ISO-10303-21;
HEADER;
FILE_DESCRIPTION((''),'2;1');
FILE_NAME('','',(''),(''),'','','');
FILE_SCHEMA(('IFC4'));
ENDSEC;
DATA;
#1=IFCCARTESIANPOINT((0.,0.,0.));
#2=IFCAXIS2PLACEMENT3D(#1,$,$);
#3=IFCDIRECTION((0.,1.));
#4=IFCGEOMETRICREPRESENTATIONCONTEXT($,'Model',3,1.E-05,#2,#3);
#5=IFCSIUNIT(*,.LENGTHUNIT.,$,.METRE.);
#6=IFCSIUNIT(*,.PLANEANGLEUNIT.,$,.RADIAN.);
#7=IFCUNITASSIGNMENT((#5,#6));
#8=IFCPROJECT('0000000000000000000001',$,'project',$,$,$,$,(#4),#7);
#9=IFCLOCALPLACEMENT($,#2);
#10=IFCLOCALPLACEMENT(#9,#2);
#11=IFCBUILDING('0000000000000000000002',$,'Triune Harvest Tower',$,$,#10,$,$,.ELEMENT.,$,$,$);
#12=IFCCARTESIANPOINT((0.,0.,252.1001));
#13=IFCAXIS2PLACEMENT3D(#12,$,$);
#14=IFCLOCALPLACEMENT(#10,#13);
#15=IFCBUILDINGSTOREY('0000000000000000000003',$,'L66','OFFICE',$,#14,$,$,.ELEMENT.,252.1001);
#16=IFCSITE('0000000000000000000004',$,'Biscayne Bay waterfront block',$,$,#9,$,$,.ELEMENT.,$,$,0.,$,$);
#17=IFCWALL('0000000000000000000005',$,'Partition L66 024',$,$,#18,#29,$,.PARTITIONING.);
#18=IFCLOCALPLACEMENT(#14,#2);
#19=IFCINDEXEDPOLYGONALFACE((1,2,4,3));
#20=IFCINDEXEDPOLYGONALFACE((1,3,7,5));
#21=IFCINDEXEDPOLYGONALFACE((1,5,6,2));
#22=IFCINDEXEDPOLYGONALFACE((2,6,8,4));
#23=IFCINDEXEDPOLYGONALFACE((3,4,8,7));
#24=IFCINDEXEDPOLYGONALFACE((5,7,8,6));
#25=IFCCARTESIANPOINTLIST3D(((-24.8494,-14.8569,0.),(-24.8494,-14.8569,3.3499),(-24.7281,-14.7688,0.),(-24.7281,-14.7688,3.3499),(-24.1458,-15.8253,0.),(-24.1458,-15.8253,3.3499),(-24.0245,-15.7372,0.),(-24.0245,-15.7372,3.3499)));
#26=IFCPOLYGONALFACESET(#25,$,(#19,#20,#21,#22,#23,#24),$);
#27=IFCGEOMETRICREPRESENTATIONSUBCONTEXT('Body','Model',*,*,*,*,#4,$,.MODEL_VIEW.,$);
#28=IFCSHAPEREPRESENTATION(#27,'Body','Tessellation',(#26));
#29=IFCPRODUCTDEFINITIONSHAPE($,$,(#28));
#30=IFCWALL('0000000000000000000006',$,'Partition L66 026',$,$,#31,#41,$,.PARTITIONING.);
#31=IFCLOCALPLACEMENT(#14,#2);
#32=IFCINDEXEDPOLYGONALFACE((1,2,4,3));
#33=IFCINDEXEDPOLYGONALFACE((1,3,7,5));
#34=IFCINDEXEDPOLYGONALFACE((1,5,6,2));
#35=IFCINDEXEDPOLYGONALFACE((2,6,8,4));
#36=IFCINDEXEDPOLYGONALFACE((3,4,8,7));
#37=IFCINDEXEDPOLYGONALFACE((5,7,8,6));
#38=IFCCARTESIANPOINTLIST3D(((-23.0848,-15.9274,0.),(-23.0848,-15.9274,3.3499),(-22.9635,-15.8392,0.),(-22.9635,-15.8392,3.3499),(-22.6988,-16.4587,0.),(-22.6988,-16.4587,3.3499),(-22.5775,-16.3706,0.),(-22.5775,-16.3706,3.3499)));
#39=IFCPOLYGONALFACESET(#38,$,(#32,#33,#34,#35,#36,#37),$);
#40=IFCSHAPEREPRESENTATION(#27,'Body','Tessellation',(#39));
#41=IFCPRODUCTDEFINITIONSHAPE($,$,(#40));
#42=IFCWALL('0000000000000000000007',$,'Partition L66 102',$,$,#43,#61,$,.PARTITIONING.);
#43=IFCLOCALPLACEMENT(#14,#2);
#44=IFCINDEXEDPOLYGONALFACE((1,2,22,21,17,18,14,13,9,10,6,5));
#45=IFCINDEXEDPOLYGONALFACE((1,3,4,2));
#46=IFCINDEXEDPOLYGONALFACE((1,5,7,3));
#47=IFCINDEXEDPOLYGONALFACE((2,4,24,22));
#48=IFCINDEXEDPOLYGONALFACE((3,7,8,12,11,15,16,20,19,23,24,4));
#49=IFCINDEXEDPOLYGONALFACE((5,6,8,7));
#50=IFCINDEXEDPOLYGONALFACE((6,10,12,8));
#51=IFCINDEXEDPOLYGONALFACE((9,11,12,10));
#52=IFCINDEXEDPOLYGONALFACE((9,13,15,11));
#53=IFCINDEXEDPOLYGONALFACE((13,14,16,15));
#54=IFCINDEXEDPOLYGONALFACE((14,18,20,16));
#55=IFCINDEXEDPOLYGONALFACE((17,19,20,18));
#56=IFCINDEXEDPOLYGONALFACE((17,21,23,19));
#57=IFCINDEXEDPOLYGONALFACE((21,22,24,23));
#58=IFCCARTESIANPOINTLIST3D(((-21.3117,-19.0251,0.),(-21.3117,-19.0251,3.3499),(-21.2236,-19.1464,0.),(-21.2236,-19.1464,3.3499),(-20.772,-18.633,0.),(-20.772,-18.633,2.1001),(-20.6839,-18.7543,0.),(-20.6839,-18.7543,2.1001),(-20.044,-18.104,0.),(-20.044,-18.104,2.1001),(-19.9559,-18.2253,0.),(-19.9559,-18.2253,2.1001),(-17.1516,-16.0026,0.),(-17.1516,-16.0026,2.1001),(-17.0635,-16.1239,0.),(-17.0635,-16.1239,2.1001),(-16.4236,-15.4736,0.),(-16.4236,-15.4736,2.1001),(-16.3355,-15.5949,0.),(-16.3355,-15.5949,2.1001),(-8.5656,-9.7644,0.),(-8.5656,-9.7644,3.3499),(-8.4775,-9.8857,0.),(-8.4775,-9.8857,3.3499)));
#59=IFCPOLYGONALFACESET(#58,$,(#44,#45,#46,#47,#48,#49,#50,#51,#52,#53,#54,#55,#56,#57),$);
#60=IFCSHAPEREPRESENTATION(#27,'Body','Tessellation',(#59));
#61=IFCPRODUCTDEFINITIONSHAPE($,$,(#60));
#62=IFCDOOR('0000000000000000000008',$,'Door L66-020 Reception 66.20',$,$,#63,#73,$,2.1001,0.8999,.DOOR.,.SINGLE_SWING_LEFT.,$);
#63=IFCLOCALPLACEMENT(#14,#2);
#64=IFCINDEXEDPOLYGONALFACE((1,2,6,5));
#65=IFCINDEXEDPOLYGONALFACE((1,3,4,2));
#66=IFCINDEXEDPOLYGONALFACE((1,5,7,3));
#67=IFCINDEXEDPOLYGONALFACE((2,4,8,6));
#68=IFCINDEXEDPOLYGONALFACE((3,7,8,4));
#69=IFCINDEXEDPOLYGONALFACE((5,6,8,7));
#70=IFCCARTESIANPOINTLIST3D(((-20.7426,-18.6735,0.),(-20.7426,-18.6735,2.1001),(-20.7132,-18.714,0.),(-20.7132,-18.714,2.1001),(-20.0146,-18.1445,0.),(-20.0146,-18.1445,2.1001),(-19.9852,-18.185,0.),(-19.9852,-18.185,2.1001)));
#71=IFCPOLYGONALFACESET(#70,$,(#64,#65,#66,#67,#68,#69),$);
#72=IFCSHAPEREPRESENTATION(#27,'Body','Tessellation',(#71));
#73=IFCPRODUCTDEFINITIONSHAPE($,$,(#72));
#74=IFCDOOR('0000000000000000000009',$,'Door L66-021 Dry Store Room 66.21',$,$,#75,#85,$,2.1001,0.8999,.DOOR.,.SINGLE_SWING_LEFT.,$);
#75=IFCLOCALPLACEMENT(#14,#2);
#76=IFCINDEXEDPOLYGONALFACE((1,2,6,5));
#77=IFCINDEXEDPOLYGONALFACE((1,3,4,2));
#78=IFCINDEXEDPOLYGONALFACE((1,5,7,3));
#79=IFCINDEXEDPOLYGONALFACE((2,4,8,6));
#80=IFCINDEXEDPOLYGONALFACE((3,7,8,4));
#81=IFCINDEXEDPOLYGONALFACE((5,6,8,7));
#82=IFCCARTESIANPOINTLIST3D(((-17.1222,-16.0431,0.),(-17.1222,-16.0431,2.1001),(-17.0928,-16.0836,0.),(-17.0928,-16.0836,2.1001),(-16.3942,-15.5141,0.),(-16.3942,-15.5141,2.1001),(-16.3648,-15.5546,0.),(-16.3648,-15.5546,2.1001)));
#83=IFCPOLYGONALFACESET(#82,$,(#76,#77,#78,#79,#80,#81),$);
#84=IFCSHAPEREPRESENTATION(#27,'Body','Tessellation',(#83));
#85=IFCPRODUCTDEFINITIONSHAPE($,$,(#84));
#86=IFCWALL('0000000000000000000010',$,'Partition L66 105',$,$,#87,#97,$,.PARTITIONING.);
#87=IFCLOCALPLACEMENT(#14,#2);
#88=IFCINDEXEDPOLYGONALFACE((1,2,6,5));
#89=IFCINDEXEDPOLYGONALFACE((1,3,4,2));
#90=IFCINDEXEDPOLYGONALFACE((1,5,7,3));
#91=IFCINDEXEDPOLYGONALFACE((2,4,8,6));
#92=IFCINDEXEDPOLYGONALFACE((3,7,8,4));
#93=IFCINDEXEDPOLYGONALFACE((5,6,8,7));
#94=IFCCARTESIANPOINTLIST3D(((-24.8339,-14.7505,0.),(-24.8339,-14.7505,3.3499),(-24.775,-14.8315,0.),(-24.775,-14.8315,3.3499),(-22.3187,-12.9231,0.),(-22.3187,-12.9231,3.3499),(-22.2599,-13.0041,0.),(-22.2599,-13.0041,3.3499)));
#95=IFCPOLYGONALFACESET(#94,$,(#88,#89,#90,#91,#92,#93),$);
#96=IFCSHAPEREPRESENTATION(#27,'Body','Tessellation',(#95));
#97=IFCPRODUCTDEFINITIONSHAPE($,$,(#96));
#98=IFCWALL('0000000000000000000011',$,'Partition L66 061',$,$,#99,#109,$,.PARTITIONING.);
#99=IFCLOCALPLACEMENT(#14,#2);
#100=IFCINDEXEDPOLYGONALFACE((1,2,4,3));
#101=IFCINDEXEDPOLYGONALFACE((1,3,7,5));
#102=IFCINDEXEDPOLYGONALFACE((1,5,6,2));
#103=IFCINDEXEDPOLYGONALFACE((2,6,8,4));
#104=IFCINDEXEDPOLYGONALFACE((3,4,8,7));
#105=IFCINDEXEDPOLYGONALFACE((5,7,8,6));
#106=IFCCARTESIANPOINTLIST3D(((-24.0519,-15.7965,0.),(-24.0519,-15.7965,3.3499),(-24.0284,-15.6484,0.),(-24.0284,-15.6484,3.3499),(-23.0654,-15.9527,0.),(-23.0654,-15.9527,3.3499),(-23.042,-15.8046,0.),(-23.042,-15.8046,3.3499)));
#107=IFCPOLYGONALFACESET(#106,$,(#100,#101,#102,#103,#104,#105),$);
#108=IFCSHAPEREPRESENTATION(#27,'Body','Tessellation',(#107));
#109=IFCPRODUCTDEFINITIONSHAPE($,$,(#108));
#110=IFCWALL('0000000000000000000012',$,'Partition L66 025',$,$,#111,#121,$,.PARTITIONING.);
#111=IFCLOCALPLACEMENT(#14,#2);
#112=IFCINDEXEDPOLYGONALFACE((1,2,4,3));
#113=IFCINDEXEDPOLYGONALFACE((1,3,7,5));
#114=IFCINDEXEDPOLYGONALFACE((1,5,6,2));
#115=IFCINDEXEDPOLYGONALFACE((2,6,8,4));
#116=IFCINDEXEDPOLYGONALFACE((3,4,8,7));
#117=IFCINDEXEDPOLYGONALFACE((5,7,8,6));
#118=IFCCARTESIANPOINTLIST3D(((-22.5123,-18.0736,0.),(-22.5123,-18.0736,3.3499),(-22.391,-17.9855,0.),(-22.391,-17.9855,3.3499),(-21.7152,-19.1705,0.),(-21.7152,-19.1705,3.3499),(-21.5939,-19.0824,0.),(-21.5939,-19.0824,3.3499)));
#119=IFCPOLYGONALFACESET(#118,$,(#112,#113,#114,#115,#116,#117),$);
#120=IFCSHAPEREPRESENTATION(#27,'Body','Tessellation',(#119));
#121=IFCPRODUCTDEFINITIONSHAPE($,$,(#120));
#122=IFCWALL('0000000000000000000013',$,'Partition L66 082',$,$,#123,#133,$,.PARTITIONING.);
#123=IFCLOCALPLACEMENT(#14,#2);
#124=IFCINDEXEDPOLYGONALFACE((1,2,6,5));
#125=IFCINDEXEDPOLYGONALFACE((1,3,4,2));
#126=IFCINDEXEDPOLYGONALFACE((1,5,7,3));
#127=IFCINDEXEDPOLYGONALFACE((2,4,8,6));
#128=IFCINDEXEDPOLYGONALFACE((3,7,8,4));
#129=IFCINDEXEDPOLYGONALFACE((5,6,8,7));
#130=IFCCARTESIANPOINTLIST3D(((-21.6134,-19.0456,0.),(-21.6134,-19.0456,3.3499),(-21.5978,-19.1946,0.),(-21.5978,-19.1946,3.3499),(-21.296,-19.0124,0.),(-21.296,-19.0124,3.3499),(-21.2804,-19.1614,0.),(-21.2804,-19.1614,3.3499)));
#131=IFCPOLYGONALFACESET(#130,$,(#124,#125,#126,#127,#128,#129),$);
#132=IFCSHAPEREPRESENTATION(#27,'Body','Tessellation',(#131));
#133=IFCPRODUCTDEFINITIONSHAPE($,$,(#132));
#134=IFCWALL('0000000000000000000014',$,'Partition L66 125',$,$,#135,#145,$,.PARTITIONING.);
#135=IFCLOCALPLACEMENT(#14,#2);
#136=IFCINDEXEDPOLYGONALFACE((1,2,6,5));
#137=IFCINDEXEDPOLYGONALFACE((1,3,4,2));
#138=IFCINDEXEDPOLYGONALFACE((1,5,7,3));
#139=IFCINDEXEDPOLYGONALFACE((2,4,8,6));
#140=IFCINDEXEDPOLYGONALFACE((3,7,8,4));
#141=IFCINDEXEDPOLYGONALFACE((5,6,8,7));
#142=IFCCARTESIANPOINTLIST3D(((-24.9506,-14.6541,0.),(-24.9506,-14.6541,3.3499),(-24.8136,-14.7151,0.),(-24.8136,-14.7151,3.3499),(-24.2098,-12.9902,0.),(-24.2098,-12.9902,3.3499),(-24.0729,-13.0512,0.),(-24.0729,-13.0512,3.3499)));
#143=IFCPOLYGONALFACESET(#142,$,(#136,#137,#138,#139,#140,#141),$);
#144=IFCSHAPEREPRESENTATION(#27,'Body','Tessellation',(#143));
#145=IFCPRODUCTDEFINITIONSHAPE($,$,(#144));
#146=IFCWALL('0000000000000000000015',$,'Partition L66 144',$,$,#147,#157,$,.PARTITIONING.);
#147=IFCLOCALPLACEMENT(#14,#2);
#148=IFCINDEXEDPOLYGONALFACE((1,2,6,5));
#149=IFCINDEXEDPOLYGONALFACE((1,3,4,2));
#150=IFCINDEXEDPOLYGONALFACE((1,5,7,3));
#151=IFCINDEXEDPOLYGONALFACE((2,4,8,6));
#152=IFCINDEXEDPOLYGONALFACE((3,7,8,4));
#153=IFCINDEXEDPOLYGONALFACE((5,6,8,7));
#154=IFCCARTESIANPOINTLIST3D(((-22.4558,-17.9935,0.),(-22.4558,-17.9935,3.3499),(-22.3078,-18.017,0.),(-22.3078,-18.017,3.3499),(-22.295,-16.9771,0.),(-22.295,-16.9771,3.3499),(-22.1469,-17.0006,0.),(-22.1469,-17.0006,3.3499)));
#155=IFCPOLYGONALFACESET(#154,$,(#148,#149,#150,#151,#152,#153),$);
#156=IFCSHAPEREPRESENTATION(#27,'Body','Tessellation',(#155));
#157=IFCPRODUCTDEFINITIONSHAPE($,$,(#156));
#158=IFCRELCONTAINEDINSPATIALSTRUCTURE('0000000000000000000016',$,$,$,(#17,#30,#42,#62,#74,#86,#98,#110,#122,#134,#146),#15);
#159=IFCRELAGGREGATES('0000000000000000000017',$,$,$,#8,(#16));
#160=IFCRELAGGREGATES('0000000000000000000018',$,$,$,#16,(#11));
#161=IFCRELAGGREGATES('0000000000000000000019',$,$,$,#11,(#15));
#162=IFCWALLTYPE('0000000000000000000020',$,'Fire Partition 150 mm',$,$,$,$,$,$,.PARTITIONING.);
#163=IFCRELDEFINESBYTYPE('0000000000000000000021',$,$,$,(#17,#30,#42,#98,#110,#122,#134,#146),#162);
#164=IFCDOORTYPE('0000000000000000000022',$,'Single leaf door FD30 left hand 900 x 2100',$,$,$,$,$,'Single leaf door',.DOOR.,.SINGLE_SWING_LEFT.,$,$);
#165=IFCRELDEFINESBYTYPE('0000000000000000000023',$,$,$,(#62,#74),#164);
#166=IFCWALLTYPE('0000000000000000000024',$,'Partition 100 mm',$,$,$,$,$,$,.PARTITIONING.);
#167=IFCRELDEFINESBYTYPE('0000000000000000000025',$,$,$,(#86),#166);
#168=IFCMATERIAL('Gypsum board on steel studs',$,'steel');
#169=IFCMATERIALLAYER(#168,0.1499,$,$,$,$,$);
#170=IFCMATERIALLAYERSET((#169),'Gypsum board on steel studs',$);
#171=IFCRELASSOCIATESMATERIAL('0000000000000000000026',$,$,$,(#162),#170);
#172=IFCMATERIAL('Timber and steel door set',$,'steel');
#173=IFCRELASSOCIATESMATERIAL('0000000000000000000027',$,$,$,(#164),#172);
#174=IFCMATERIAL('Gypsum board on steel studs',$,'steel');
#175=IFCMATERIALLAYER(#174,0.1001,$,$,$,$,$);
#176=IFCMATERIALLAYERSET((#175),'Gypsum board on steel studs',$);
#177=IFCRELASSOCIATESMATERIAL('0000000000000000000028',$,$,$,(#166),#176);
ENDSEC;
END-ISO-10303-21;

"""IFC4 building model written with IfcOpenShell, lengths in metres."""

from ifc_helpers import new_model, si_unit, direction, frame, frame_2d, origin, place, context, subcontext, project, spatial, rectangle, extrude, source, transform, mapped, material, layer, layer_set, type_object, element, fill, save


model = new_model("IFC4")

# Units and contexts
model_context = context("Model", 3, precision=1e-05, world=origin(), true_north=direction((0.0, 1.0)))
body_context = subcontext(model_context, "Body", "Model", "MODEL_VIEW")
ifc_project = project(units=[si_unit("LENGTHUNIT", "METRE"), si_unit("PLANEANGLEUNIT", "RADIAN")], contexts=[model_context])

# Site, building, storey
site_placement = place(None, origin())
site = spatial("IfcSite", under=ifc_project, at=site_placement, Name="Biscayne Bay waterfront block", CompositionType="ELEMENT", RefElevation=0.0)
building_placement = place(site_placement, origin())
building = spatial("IfcBuilding", under=site, at=building_placement, Name="Triune Harvest Tower", CompositionType="ELEMENT")
storey_placement = place(building_placement, frame((0.0, 0.0, 252.1001)))
storey = spatial("IfcBuildingStorey", under=building, at=storey_placement, Name="L66", Description="OFFICE", CompositionType="ELEMENT", Elevation=252.1001)

# Walls
ifc_material_1 = material(Name="Gypsum board on steel studs", Category="steel")
ifc_layer_1 = layer(ifc_material_1, 0.1499)
ifc_layer_set_1 = layer_set([ifc_layer_1], Name="Gypsum board on steel studs")
wall_type_1 = type_object("IfcWallType", Name="Fire Partition 150 mm", PredefinedType="PARTITIONING", material=ifc_layer_set_1)
wall_1_placement = place(storey_placement, frame((-24.7888, -14.8127, 0.0), z_axis=(0.0, 0.0, 1.0), x_axis=(0.587759, -0.809036, 0.0)))
element("IfcWall", 1, at=wall_1_placement, inside=storey, type_object=wall_type_1, Name="Partition L66 024", PredefinedType="PARTITIONING", context=body_context, shape_type="SweptSolid", body=[
    extrude(rectangle(XDim=1.197, YDim=0.1499, at=frame_2d((0.5986, 0.0))), origin(), (0.0, 0.0, 1.0), 3.3499),
])
wall_2_placement = place(storey_placement, frame((-23.0242, -15.8833, 0.0), z_axis=(0.0, 0.0, 1.0), x_axis=(0.587796, -0.809009, 0.0)))
element("IfcWall", 2, at=wall_2_placement, inside=storey, type_object=wall_type_1, Name="Partition L66 026", PredefinedType="PARTITIONING", context=body_context, shape_type="SweptSolid", body=[
    extrude(rectangle(XDim=0.6567, YDim=0.1499, at=frame_2d((0.3284, 0.0))), origin(), (0.0, 0.0, 1.0), 3.3499),
])

# Wall, openings, doors
wall_3_placement = place(storey_placement, frame((-21.2676, -19.0857, 0.0), z_axis=(0.0, 0.0, 1.0), x_axis=(0.809012, 0.587792, 0.0)))
wall_3 = element("IfcWall", 3, at=wall_3_placement, inside=storey, type_object=wall_type_1, Name="Partition L66 102", PredefinedType="PARTITIONING", context=body_context, shape_type="SweptSolid", body=[
    extrude(rectangle(XDim=15.7551, YDim=0.1499, at=frame_2d((7.8774, 0.0))), origin(), (0.0, 0.0, 1.0), 3.3499),
])
opening_1_placement = place(wall_3_placement, frame((0.667, 0.0, 0.0)))
opening_1 = element("IfcOpeningElement", 4, at=opening_1_placement, cuts=wall_3, PredefinedType="OPENING", context=body_context, shape_type="SweptSolid", body=[
    extrude(rectangle(XDim=0.8999, YDim=2.1001, at=frame_2d((0.45, 1.05))), frame((0.0, 0.085, 0.0), z_axis=(0.0, -1.0, 0.0), x_axis=(1.0, 0.0, 0.0)), (0.0, 0.0, 1.0), 0.1699),
])
opening_2_placement = place(wall_3_placement, frame((5.1421, 0.0, 0.0)))
opening_2 = element("IfcOpeningElement", 5, at=opening_2_placement, cuts=wall_3, PredefinedType="OPENING", context=body_context, shape_type="SweptSolid", body=[
    extrude(rectangle(XDim=0.8999, YDim=2.1001, at=frame_2d((0.45, 1.05))), frame((0.0, 0.085, 0.0), z_axis=(0.0, -1.0, 0.0), x_axis=(1.0, 0.0, 0.0)), (0.0, 0.0, 1.0), 0.1699),
])
ifc_material_2 = material(Name="Timber and steel door set", Category="steel")
door_type_1 = type_object("IfcDoorType", Name="Single leaf door FD30 left hand 900 x 2100", ElementType="Single leaf door", OperationType="SINGLE_SWING_LEFT", PredefinedType="DOOR", material=ifc_material_2)
door_1_placement = place(opening_1_placement, origin())
door_1 = element("IfcDoor", 6, at=door_1_placement, inside=storey, type_object=door_type_1, Name="Door L66-020 Reception 66.20", OperationType="SINGLE_SWING_LEFT", OverallHeight=2.1001, OverallWidth=0.8999, PredefinedType="DOOR", context=body_context, shape_type="SweptSolid", body=[
    extrude(rectangle(XDim=0.8999, YDim=2.1001, at=frame_2d((0.45, 1.05))), frame((0.0, 0.0249, 0.0), z_axis=(0.0, -1.0, 0.0), x_axis=(1.0, 0.0, 0.0)), (0.0, 0.0, 1.0), 0.05),
])
fill(opening_1, door_1)
door_2_placement = place(opening_2_placement, origin())
door_2 = element("IfcDoor", 7, at=door_2_placement, inside=storey, type_object=door_type_1, Name="Door L66-021 Dry Store Room 66.21", OperationType="SINGLE_SWING_LEFT", OverallHeight=2.1001, OverallWidth=0.8999, PredefinedType="DOOR", context=body_context, shape_type="SweptSolid", body=[
    extrude(rectangle(XDim=0.8999, YDim=2.1001, at=frame_2d((0.45, 1.05))), frame((0.0, 0.0249, 0.0), z_axis=(0.0, -1.0, 0.0), x_axis=(1.0, 0.0, 0.0)), (0.0, 0.0, 1.0), 0.05),
])
fill(opening_2, door_2)

# Walls
ifc_material_3 = material(Name="Gypsum board on steel studs", Category="steel")
ifc_layer_2 = layer(ifc_material_3, 0.1001)
ifc_layer_set_2 = layer_set([ifc_layer_2], Name="Gypsum board on steel studs")
wall_type_2 = type_object("IfcWallType", Name="Partition 100 mm", PredefinedType="PARTITIONING", material=ifc_layer_set_2)
wall_4_placement = place(storey_placement, frame((-24.8044, -14.791, 0.0), z_axis=(0.0, 0.0, 1.0), x_axis=(0.809011, 0.587793, 0.0)))
element("IfcWall", 8, at=wall_4_placement, inside=storey, type_object=wall_type_2, Name="Partition L66 105", PredefinedType="PARTITIONING", context=body_context, shape_type="SweptSolid", body=[
    extrude(rectangle(XDim=3.1089, YDim=0.1001, at=frame_2d((1.5544, 0.0))), origin(), (0.0, 0.0, 1.0), 3.3499),
])
shared_shape_1 = source(origin(), body_context, "Body", "SweptSolid", [
    extrude(rectangle(XDim=0.9988, YDim=0.1499, at=frame_2d((0.4995, 0.0))), origin(), (0.0, 0.0, 1.0), 3.3499),
])
wall_5_placement = place(storey_placement, frame((-24.0403, -15.7224, 0.0), z_axis=(0.0, 0.0, 1.0), x_axis=(0.98769, -0.156427, 0.0)))
element("IfcWall", 9, at=wall_5_placement, inside=storey, type_object=wall_type_1, Name="Partition L66 061", PredefinedType="PARTITIONING", context=body_context, shape_type="MappedRepresentation", body=[
    mapped(shared_shape_1, transform((0.0, 0.0, 0.0), scale=1.0)),
])
shared_shape_2 = source(origin(), body_context, "Body", "SweptSolid", [
    extrude(rectangle(XDim=1.356, YDim=0.1499, at=frame_2d((0.678, 0.0))), origin(), (0.0, 0.0, 1.0), 3.3499),
])
wall_6_placement = place(storey_placement, frame((-22.4517, -18.0295, 0.0), z_axis=(0.0, 0.0, 1.0), x_axis=(0.587861, -0.808962, 0.0)))
element("IfcWall", 10, at=wall_6_placement, inside=storey, type_object=wall_type_1, Name="Partition L66 025", PredefinedType="PARTITIONING", context=body_context, shape_type="MappedRepresentation", body=[
    mapped(shared_shape_2, transform((0.0, 0.0, 0.0), scale=1.0)),
])
shared_shape_3 = source(origin(), body_context, "Body", "SweptSolid", [
    extrude(rectangle(XDim=0.3191, YDim=0.1499, at=frame_2d((0.1597, 0.0))), origin(), (0.0, 0.0, 1.0), 3.3499),
])
wall_7_placement = place(storey_placement, frame((-21.6057, -19.1201, 0.0), z_axis=(0.0, 0.0, 1.0), x_axis=(0.994572, 0.104048, 0.0)))
element("IfcWall", 11, at=wall_7_placement, inside=storey, type_object=wall_type_1, Name="Partition L66 082", PredefinedType="PARTITIONING", context=body_context, shape_type="MappedRepresentation", body=[
    mapped(shared_shape_3, transform((0.0, 0.0, 0.0), scale=1.0)),
])
shared_shape_4 = source(origin(), body_context, "Body", "SweptSolid", [
    extrude(rectangle(XDim=1.8213, YDim=0.1499, at=frame_2d((0.9106, 0.0))), origin(), (0.0, 0.0, 1.0), 3.3499),
])
wall_8_placement = place(storey_placement, frame((-24.8821, -14.6846, 0.0), z_axis=(0.0, 0.0, 1.0), x_axis=(0.406711, 0.913557, 0.0)))
element("IfcWall", 12, at=wall_8_placement, inside=storey, type_object=wall_type_1, Name="Partition L66 125", PredefinedType="PARTITIONING", context=body_context, shape_type="MappedRepresentation", body=[
    mapped(shared_shape_4, transform((0.0, 0.0, 0.0), scale=1.0)),
])
shared_shape_5 = source(origin(), body_context, "Body", "SweptSolid", [
    extrude(rectangle(XDim=1.0291, YDim=0.1499, at=frame_2d((0.5146, 0.0))), origin(), (0.0, 0.0, 1.0), 3.3499),
])
wall_9_placement = place(storey_placement, frame((-22.3818, -18.0054, 0.0), z_axis=(0.0, 0.0, 1.0), x_axis=(0.156352, 0.987701, 0.0)))
element("IfcWall", 13, at=wall_9_placement, inside=storey, type_object=wall_type_1, Name="Partition L66 144", PredefinedType="PARTITIONING", context=body_context, shape_type="MappedRepresentation", body=[
    mapped(shared_shape_5, transform((0.0, 0.0, 0.0), scale=1.0)),
])

save(model, "model.ifc")
